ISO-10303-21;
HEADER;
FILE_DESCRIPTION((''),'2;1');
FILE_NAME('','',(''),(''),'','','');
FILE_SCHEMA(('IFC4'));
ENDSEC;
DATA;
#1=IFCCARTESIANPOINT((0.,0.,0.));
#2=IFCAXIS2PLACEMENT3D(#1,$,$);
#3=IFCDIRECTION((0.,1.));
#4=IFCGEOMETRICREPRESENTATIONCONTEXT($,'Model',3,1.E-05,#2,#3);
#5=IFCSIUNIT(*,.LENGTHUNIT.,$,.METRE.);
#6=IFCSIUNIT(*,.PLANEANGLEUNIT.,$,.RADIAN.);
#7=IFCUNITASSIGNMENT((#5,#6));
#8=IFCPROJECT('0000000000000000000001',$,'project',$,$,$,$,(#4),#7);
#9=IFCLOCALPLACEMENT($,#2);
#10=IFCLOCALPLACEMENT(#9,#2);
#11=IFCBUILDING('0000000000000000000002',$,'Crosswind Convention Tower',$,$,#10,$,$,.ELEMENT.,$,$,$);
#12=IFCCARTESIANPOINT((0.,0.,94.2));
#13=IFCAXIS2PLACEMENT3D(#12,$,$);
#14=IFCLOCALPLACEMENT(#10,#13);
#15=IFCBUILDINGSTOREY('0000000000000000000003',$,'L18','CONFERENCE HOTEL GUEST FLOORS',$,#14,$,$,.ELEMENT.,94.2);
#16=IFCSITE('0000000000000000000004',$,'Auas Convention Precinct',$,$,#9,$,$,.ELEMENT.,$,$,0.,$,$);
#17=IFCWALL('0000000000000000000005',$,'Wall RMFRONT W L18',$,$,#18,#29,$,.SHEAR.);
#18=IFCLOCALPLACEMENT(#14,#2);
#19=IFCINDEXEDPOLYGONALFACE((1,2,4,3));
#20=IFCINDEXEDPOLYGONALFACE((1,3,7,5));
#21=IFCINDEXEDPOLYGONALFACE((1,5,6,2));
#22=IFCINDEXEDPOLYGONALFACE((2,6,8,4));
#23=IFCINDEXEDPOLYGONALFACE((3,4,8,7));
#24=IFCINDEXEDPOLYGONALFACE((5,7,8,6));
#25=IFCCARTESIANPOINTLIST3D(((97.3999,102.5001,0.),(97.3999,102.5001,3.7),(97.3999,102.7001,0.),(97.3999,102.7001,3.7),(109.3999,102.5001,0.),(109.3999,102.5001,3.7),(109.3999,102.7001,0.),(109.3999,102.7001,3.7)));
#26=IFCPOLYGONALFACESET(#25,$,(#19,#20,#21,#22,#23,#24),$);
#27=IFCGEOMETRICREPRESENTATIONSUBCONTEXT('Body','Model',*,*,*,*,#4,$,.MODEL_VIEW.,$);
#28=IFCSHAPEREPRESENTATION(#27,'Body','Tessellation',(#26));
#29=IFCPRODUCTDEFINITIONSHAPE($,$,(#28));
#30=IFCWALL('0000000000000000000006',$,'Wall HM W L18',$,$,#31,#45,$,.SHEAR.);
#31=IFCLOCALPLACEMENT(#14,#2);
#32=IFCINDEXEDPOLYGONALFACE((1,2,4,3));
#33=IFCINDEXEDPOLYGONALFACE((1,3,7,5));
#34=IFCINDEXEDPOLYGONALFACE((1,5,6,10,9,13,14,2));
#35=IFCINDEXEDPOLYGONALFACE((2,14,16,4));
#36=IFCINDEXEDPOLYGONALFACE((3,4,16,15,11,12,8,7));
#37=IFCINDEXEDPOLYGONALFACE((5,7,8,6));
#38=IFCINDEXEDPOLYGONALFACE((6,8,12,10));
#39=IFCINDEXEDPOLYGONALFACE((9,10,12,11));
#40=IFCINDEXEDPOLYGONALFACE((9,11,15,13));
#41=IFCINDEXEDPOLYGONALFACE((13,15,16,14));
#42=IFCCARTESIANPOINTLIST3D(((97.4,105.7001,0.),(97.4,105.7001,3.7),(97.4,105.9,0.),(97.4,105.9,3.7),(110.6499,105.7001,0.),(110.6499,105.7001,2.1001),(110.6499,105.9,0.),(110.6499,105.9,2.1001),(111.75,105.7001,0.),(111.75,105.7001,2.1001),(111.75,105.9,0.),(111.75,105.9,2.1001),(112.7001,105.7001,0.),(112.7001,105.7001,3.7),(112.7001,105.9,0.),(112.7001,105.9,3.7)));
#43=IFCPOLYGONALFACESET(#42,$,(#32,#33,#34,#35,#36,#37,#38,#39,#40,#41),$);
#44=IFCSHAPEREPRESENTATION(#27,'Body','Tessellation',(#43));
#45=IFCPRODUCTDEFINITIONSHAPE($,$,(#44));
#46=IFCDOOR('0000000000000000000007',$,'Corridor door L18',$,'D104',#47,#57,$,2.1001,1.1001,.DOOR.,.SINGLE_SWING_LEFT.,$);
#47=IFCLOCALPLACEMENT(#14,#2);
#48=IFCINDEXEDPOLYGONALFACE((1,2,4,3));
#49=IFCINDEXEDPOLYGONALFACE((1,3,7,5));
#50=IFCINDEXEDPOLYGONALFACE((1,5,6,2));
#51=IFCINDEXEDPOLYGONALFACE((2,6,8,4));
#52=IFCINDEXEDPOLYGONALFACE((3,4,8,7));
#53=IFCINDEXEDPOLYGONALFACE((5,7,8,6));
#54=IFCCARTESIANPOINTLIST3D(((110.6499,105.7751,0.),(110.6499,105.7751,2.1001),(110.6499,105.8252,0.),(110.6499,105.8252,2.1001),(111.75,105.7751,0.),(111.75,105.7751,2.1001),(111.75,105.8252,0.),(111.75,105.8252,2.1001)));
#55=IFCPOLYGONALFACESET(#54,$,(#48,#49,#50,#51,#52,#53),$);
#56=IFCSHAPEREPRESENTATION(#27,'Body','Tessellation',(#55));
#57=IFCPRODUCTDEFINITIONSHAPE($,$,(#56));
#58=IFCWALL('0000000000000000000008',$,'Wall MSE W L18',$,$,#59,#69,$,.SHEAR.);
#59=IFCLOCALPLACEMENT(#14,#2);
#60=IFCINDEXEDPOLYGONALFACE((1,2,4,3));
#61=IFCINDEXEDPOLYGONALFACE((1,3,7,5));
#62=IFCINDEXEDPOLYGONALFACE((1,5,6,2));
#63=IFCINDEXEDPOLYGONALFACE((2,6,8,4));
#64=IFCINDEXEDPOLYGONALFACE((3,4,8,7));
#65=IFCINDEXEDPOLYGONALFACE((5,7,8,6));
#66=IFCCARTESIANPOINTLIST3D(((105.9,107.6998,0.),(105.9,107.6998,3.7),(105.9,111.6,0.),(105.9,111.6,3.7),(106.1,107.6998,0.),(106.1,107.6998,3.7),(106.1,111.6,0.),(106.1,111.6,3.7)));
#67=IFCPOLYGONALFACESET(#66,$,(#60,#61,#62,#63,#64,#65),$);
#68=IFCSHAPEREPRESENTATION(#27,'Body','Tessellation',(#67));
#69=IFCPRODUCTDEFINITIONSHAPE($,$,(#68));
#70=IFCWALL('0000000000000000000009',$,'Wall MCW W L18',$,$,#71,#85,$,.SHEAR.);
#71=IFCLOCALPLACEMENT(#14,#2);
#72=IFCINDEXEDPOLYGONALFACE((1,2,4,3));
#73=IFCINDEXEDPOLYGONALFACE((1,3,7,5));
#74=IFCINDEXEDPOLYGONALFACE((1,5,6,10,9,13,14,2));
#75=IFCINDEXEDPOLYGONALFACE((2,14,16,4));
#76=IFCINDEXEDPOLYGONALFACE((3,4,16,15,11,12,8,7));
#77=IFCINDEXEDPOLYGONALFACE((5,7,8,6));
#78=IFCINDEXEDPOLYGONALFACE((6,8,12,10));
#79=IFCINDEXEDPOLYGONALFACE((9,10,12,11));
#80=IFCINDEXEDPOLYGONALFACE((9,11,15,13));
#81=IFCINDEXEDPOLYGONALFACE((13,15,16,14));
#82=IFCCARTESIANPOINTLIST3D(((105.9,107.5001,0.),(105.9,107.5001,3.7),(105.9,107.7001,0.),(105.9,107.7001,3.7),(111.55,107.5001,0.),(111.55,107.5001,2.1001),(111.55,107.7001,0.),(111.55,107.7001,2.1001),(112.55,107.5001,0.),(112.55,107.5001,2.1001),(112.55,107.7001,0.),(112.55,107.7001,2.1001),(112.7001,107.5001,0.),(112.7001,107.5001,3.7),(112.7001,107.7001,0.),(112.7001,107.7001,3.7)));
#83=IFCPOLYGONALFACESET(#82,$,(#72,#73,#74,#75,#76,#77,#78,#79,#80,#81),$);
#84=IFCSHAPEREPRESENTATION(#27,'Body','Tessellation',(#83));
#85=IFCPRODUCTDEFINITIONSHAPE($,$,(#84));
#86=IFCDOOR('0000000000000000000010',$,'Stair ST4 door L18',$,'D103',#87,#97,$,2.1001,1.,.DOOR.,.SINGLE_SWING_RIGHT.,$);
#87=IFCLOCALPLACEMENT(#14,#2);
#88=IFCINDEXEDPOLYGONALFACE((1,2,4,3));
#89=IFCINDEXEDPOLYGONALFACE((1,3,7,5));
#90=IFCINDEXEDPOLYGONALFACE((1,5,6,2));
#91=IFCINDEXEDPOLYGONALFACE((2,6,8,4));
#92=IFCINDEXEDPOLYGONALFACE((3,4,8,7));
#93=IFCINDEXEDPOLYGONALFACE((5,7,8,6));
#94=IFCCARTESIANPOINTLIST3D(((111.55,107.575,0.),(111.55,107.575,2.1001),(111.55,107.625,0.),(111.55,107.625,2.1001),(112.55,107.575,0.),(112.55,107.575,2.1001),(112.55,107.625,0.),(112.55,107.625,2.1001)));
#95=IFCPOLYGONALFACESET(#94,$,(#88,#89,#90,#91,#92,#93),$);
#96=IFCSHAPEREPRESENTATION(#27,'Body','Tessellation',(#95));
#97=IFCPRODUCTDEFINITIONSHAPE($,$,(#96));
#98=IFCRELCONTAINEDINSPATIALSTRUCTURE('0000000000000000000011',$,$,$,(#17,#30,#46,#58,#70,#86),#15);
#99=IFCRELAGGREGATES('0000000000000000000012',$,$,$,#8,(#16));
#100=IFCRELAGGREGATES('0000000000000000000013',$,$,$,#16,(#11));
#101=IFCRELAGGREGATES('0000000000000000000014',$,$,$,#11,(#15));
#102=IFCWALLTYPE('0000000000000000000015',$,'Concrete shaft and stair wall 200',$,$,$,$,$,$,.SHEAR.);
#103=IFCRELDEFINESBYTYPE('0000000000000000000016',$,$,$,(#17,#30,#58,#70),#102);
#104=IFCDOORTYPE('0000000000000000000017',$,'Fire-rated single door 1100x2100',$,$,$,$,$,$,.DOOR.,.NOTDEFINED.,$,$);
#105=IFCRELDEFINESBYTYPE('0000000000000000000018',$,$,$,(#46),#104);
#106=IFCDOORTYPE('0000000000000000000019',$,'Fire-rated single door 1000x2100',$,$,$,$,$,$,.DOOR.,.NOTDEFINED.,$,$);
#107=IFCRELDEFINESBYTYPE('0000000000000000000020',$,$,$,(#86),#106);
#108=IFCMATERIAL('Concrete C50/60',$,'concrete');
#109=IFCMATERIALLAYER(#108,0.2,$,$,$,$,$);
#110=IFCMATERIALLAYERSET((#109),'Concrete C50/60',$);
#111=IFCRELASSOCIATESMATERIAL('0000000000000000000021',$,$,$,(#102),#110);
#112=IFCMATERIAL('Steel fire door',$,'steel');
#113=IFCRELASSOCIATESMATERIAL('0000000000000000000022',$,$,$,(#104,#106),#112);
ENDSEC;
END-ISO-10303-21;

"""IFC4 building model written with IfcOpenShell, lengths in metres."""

from ifc_helpers import new_model, si_unit, direction, frame, frame_2d, origin, place, context, subcontext, project, spatial, rectangle, extrude, material, layer, layer_set, type_object, element, fill, save


model = new_model("IFC4")

# Units and contexts
model_context = context("Model", 3, precision=1e-05, world=origin(), true_north=direction((0.0, 1.0)))
body_context = subcontext(model_context, "Body", "Model", "MODEL_VIEW")
ifc_project = project(units=[si_unit("LENGTHUNIT", "METRE"), si_unit("PLANEANGLEUNIT", "RADIAN")], contexts=[model_context])

# Site, building, storey
site_placement = place(None, origin())
site = spatial("IfcSite", under=ifc_project, at=site_placement, Name="Auas Convention Precinct", CompositionType="ELEMENT", RefElevation=0.0)
building_placement = place(site_placement, origin())
building = spatial("IfcBuilding", under=site, at=building_placement, Name="Crosswind Convention Tower", CompositionType="ELEMENT")
storey_placement = place(building_placement, frame((0.0, 0.0, 94.2)))
storey = spatial("IfcBuildingStorey", under=building, at=storey_placement, Name="L18", Description="CONFERENCE HOTEL GUEST FLOORS", CompositionType="ELEMENT", Elevation=94.2)

# Shared definitions
ifc_material_1 = material(Name="Concrete C50/60", Category="concrete")

# Wall
ifc_layer_1 = layer(ifc_material_1, 0.2)
ifc_layer_set_1 = layer_set([ifc_layer_1], Name="Concrete C50/60")
wall_type_1 = type_object("IfcWallType", Name="Concrete shaft and stair wall 200", PredefinedType="SHEAR", material=ifc_layer_set_1)
wall_1_placement = place(storey_placement, frame((109.3999, 102.6001, 0.0), z_axis=(0.0, 0.0, 1.0), x_axis=(-1.0, 0.0, 0.0)))
element("IfcWall", 1, at=wall_1_placement, inside=storey, type_object=wall_type_1, Name="Wall RMFRONT W L18", PredefinedType="SHEAR", context=body_context, shape_type="SweptSolid", body=[
    extrude(rectangle(XDim=12.0, YDim=0.2, at=frame_2d((6.0, 0.0))), origin(), (0.0, 0.0, 1.0), 3.7),
])

# Wall, opening, door
wall_2_placement = place(storey_placement, frame((112.7, 105.8, 0.0), z_axis=(0.0, 0.0, 1.0), x_axis=(-1.0, 0.0, 0.0)))
wall_2 = element("IfcWall", 2, at=wall_2_placement, inside=storey, type_object=wall_type_1, Name="Wall HM W L18", PredefinedType="SHEAR", context=body_context, shape_type="SweptSolid", body=[
    extrude(rectangle(XDim=15.3, YDim=0.2, at=frame_2d((7.6499, 0.0))), origin(), (0.0, 0.0, 1.0), 3.7),
])
opening_1_placement = place(wall_2_placement, frame((0.95, 0.0, 0.0)))
opening_1 = element("IfcOpeningElement", 3, at=opening_1_placement, cuts=wall_2, PredefinedType="OPENING", context=body_context, shape_type="SweptSolid", body=[
    extrude(rectangle(XDim=1.1001, YDim=2.1001, at=frame_2d((0.55, 1.05))), frame((0.0, 0.1099, 0.0), z_axis=(0.0, -1.0, 0.0), x_axis=(1.0, 0.0, 0.0)), (0.0, 0.0, 1.0), 0.22),
])
ifc_material_2 = material(Name="Steel fire door", Category="steel")
door_type_1 = type_object("IfcDoorType", Name="Fire-rated single door 1100x2100", OperationType="NOTDEFINED", PredefinedType="DOOR", material=ifc_material_2)
door_1_placement = place(opening_1_placement, origin())
door_1 = element("IfcDoor", 4, at=door_1_placement, inside=storey, type_object=door_type_1, Name="Corridor door L18", ObjectType="D104", OperationType="SINGLE_SWING_LEFT", OverallHeight=2.1001, OverallWidth=1.1001, PredefinedType="DOOR", context=body_context, shape_type="SweptSolid", body=[
    extrude(rectangle(XDim=1.1001, YDim=2.1001, at=frame_2d((0.55, 1.05))), frame((0.0, 0.0249, 0.0), z_axis=(0.0, -1.0, 0.0), x_axis=(1.0, 0.0, 0.0)), (0.0, 0.0, 1.0), 0.05),
])
fill(opening_1, door_1)

# Wall
wall_3_placement = place(storey_placement, frame((106.0, 111.6001, 0.0), z_axis=(0.0, 0.0, 1.0), x_axis=(0.0, -1.0, 0.0)))
element("IfcWall", 5, at=wall_3_placement, inside=storey, type_object=wall_type_1, Name="Wall MSE W L18", PredefinedType="SHEAR", context=body_context, shape_type="SweptSolid", body=[
    extrude(rectangle(XDim=3.9001, YDim=0.2, at=frame_2d((1.9502, 0.0))), origin(), (0.0, 0.0, 1.0), 3.7),
])

# Wall, opening, door
wall_4_placement = place(storey_placement, frame((112.7, 107.6001, 0.0), z_axis=(0.0, 0.0, 1.0), x_axis=(-1.0, 0.0, 0.0)))
wall_4 = element("IfcWall", 6, at=wall_4_placement, inside=storey, type_object=wall_type_1, Name="Wall MCW W L18", PredefinedType="SHEAR", context=body_context, shape_type="SweptSolid", body=[
    extrude(rectangle(XDim=6.8, YDim=0.2, at=frame_2d((3.3999, 0.0))), origin(), (0.0, 0.0, 1.0), 3.7),
])
opening_2_placement = place(wall_4_placement, frame((0.1499, 0.0, 0.0)))
opening_2 = element("IfcOpeningElement", 7, at=opening_2_placement, cuts=wall_4, PredefinedType="OPENING", context=body_context, shape_type="SweptSolid", body=[
    extrude(rectangle(XDim=1.0, YDim=2.1001, at=frame_2d((0.5, 1.05))), frame((0.0, 0.1099, 0.0), z_axis=(0.0, -1.0, 0.0), x_axis=(1.0, 0.0, 0.0)), (0.0, 0.0, 1.0), 0.22),
])
door_type_2 = type_object("IfcDoorType", Name="Fire-rated single door 1000x2100", OperationType="NOTDEFINED", PredefinedType="DOOR", material=ifc_material_2)
door_2_placement = place(opening_2_placement, frame((1.0, 0.0, 0.0), z_axis=(0.0, 0.0, 1.0), x_axis=(-1.0, 0.0, 0.0)))
door_2 = element("IfcDoor", 8, at=door_2_placement, inside=storey, type_object=door_type_2, Name="Stair ST4 door L18", ObjectType="D103", OperationType="SINGLE_SWING_RIGHT", OverallHeight=2.1001, OverallWidth=1.0, PredefinedType="DOOR", context=body_context, shape_type="SweptSolid", body=[
    extrude(rectangle(XDim=1.0, YDim=2.1001, at=frame_2d((0.5, 1.05))), frame((0.0, 0.0249, 0.0), z_axis=(0.0, -1.0, 0.0), x_axis=(1.0, 0.0, 0.0)), (0.0, 0.0, 1.0), 0.05),
])
fill(opening_2, door_2)

save(model, "model.ifc")
